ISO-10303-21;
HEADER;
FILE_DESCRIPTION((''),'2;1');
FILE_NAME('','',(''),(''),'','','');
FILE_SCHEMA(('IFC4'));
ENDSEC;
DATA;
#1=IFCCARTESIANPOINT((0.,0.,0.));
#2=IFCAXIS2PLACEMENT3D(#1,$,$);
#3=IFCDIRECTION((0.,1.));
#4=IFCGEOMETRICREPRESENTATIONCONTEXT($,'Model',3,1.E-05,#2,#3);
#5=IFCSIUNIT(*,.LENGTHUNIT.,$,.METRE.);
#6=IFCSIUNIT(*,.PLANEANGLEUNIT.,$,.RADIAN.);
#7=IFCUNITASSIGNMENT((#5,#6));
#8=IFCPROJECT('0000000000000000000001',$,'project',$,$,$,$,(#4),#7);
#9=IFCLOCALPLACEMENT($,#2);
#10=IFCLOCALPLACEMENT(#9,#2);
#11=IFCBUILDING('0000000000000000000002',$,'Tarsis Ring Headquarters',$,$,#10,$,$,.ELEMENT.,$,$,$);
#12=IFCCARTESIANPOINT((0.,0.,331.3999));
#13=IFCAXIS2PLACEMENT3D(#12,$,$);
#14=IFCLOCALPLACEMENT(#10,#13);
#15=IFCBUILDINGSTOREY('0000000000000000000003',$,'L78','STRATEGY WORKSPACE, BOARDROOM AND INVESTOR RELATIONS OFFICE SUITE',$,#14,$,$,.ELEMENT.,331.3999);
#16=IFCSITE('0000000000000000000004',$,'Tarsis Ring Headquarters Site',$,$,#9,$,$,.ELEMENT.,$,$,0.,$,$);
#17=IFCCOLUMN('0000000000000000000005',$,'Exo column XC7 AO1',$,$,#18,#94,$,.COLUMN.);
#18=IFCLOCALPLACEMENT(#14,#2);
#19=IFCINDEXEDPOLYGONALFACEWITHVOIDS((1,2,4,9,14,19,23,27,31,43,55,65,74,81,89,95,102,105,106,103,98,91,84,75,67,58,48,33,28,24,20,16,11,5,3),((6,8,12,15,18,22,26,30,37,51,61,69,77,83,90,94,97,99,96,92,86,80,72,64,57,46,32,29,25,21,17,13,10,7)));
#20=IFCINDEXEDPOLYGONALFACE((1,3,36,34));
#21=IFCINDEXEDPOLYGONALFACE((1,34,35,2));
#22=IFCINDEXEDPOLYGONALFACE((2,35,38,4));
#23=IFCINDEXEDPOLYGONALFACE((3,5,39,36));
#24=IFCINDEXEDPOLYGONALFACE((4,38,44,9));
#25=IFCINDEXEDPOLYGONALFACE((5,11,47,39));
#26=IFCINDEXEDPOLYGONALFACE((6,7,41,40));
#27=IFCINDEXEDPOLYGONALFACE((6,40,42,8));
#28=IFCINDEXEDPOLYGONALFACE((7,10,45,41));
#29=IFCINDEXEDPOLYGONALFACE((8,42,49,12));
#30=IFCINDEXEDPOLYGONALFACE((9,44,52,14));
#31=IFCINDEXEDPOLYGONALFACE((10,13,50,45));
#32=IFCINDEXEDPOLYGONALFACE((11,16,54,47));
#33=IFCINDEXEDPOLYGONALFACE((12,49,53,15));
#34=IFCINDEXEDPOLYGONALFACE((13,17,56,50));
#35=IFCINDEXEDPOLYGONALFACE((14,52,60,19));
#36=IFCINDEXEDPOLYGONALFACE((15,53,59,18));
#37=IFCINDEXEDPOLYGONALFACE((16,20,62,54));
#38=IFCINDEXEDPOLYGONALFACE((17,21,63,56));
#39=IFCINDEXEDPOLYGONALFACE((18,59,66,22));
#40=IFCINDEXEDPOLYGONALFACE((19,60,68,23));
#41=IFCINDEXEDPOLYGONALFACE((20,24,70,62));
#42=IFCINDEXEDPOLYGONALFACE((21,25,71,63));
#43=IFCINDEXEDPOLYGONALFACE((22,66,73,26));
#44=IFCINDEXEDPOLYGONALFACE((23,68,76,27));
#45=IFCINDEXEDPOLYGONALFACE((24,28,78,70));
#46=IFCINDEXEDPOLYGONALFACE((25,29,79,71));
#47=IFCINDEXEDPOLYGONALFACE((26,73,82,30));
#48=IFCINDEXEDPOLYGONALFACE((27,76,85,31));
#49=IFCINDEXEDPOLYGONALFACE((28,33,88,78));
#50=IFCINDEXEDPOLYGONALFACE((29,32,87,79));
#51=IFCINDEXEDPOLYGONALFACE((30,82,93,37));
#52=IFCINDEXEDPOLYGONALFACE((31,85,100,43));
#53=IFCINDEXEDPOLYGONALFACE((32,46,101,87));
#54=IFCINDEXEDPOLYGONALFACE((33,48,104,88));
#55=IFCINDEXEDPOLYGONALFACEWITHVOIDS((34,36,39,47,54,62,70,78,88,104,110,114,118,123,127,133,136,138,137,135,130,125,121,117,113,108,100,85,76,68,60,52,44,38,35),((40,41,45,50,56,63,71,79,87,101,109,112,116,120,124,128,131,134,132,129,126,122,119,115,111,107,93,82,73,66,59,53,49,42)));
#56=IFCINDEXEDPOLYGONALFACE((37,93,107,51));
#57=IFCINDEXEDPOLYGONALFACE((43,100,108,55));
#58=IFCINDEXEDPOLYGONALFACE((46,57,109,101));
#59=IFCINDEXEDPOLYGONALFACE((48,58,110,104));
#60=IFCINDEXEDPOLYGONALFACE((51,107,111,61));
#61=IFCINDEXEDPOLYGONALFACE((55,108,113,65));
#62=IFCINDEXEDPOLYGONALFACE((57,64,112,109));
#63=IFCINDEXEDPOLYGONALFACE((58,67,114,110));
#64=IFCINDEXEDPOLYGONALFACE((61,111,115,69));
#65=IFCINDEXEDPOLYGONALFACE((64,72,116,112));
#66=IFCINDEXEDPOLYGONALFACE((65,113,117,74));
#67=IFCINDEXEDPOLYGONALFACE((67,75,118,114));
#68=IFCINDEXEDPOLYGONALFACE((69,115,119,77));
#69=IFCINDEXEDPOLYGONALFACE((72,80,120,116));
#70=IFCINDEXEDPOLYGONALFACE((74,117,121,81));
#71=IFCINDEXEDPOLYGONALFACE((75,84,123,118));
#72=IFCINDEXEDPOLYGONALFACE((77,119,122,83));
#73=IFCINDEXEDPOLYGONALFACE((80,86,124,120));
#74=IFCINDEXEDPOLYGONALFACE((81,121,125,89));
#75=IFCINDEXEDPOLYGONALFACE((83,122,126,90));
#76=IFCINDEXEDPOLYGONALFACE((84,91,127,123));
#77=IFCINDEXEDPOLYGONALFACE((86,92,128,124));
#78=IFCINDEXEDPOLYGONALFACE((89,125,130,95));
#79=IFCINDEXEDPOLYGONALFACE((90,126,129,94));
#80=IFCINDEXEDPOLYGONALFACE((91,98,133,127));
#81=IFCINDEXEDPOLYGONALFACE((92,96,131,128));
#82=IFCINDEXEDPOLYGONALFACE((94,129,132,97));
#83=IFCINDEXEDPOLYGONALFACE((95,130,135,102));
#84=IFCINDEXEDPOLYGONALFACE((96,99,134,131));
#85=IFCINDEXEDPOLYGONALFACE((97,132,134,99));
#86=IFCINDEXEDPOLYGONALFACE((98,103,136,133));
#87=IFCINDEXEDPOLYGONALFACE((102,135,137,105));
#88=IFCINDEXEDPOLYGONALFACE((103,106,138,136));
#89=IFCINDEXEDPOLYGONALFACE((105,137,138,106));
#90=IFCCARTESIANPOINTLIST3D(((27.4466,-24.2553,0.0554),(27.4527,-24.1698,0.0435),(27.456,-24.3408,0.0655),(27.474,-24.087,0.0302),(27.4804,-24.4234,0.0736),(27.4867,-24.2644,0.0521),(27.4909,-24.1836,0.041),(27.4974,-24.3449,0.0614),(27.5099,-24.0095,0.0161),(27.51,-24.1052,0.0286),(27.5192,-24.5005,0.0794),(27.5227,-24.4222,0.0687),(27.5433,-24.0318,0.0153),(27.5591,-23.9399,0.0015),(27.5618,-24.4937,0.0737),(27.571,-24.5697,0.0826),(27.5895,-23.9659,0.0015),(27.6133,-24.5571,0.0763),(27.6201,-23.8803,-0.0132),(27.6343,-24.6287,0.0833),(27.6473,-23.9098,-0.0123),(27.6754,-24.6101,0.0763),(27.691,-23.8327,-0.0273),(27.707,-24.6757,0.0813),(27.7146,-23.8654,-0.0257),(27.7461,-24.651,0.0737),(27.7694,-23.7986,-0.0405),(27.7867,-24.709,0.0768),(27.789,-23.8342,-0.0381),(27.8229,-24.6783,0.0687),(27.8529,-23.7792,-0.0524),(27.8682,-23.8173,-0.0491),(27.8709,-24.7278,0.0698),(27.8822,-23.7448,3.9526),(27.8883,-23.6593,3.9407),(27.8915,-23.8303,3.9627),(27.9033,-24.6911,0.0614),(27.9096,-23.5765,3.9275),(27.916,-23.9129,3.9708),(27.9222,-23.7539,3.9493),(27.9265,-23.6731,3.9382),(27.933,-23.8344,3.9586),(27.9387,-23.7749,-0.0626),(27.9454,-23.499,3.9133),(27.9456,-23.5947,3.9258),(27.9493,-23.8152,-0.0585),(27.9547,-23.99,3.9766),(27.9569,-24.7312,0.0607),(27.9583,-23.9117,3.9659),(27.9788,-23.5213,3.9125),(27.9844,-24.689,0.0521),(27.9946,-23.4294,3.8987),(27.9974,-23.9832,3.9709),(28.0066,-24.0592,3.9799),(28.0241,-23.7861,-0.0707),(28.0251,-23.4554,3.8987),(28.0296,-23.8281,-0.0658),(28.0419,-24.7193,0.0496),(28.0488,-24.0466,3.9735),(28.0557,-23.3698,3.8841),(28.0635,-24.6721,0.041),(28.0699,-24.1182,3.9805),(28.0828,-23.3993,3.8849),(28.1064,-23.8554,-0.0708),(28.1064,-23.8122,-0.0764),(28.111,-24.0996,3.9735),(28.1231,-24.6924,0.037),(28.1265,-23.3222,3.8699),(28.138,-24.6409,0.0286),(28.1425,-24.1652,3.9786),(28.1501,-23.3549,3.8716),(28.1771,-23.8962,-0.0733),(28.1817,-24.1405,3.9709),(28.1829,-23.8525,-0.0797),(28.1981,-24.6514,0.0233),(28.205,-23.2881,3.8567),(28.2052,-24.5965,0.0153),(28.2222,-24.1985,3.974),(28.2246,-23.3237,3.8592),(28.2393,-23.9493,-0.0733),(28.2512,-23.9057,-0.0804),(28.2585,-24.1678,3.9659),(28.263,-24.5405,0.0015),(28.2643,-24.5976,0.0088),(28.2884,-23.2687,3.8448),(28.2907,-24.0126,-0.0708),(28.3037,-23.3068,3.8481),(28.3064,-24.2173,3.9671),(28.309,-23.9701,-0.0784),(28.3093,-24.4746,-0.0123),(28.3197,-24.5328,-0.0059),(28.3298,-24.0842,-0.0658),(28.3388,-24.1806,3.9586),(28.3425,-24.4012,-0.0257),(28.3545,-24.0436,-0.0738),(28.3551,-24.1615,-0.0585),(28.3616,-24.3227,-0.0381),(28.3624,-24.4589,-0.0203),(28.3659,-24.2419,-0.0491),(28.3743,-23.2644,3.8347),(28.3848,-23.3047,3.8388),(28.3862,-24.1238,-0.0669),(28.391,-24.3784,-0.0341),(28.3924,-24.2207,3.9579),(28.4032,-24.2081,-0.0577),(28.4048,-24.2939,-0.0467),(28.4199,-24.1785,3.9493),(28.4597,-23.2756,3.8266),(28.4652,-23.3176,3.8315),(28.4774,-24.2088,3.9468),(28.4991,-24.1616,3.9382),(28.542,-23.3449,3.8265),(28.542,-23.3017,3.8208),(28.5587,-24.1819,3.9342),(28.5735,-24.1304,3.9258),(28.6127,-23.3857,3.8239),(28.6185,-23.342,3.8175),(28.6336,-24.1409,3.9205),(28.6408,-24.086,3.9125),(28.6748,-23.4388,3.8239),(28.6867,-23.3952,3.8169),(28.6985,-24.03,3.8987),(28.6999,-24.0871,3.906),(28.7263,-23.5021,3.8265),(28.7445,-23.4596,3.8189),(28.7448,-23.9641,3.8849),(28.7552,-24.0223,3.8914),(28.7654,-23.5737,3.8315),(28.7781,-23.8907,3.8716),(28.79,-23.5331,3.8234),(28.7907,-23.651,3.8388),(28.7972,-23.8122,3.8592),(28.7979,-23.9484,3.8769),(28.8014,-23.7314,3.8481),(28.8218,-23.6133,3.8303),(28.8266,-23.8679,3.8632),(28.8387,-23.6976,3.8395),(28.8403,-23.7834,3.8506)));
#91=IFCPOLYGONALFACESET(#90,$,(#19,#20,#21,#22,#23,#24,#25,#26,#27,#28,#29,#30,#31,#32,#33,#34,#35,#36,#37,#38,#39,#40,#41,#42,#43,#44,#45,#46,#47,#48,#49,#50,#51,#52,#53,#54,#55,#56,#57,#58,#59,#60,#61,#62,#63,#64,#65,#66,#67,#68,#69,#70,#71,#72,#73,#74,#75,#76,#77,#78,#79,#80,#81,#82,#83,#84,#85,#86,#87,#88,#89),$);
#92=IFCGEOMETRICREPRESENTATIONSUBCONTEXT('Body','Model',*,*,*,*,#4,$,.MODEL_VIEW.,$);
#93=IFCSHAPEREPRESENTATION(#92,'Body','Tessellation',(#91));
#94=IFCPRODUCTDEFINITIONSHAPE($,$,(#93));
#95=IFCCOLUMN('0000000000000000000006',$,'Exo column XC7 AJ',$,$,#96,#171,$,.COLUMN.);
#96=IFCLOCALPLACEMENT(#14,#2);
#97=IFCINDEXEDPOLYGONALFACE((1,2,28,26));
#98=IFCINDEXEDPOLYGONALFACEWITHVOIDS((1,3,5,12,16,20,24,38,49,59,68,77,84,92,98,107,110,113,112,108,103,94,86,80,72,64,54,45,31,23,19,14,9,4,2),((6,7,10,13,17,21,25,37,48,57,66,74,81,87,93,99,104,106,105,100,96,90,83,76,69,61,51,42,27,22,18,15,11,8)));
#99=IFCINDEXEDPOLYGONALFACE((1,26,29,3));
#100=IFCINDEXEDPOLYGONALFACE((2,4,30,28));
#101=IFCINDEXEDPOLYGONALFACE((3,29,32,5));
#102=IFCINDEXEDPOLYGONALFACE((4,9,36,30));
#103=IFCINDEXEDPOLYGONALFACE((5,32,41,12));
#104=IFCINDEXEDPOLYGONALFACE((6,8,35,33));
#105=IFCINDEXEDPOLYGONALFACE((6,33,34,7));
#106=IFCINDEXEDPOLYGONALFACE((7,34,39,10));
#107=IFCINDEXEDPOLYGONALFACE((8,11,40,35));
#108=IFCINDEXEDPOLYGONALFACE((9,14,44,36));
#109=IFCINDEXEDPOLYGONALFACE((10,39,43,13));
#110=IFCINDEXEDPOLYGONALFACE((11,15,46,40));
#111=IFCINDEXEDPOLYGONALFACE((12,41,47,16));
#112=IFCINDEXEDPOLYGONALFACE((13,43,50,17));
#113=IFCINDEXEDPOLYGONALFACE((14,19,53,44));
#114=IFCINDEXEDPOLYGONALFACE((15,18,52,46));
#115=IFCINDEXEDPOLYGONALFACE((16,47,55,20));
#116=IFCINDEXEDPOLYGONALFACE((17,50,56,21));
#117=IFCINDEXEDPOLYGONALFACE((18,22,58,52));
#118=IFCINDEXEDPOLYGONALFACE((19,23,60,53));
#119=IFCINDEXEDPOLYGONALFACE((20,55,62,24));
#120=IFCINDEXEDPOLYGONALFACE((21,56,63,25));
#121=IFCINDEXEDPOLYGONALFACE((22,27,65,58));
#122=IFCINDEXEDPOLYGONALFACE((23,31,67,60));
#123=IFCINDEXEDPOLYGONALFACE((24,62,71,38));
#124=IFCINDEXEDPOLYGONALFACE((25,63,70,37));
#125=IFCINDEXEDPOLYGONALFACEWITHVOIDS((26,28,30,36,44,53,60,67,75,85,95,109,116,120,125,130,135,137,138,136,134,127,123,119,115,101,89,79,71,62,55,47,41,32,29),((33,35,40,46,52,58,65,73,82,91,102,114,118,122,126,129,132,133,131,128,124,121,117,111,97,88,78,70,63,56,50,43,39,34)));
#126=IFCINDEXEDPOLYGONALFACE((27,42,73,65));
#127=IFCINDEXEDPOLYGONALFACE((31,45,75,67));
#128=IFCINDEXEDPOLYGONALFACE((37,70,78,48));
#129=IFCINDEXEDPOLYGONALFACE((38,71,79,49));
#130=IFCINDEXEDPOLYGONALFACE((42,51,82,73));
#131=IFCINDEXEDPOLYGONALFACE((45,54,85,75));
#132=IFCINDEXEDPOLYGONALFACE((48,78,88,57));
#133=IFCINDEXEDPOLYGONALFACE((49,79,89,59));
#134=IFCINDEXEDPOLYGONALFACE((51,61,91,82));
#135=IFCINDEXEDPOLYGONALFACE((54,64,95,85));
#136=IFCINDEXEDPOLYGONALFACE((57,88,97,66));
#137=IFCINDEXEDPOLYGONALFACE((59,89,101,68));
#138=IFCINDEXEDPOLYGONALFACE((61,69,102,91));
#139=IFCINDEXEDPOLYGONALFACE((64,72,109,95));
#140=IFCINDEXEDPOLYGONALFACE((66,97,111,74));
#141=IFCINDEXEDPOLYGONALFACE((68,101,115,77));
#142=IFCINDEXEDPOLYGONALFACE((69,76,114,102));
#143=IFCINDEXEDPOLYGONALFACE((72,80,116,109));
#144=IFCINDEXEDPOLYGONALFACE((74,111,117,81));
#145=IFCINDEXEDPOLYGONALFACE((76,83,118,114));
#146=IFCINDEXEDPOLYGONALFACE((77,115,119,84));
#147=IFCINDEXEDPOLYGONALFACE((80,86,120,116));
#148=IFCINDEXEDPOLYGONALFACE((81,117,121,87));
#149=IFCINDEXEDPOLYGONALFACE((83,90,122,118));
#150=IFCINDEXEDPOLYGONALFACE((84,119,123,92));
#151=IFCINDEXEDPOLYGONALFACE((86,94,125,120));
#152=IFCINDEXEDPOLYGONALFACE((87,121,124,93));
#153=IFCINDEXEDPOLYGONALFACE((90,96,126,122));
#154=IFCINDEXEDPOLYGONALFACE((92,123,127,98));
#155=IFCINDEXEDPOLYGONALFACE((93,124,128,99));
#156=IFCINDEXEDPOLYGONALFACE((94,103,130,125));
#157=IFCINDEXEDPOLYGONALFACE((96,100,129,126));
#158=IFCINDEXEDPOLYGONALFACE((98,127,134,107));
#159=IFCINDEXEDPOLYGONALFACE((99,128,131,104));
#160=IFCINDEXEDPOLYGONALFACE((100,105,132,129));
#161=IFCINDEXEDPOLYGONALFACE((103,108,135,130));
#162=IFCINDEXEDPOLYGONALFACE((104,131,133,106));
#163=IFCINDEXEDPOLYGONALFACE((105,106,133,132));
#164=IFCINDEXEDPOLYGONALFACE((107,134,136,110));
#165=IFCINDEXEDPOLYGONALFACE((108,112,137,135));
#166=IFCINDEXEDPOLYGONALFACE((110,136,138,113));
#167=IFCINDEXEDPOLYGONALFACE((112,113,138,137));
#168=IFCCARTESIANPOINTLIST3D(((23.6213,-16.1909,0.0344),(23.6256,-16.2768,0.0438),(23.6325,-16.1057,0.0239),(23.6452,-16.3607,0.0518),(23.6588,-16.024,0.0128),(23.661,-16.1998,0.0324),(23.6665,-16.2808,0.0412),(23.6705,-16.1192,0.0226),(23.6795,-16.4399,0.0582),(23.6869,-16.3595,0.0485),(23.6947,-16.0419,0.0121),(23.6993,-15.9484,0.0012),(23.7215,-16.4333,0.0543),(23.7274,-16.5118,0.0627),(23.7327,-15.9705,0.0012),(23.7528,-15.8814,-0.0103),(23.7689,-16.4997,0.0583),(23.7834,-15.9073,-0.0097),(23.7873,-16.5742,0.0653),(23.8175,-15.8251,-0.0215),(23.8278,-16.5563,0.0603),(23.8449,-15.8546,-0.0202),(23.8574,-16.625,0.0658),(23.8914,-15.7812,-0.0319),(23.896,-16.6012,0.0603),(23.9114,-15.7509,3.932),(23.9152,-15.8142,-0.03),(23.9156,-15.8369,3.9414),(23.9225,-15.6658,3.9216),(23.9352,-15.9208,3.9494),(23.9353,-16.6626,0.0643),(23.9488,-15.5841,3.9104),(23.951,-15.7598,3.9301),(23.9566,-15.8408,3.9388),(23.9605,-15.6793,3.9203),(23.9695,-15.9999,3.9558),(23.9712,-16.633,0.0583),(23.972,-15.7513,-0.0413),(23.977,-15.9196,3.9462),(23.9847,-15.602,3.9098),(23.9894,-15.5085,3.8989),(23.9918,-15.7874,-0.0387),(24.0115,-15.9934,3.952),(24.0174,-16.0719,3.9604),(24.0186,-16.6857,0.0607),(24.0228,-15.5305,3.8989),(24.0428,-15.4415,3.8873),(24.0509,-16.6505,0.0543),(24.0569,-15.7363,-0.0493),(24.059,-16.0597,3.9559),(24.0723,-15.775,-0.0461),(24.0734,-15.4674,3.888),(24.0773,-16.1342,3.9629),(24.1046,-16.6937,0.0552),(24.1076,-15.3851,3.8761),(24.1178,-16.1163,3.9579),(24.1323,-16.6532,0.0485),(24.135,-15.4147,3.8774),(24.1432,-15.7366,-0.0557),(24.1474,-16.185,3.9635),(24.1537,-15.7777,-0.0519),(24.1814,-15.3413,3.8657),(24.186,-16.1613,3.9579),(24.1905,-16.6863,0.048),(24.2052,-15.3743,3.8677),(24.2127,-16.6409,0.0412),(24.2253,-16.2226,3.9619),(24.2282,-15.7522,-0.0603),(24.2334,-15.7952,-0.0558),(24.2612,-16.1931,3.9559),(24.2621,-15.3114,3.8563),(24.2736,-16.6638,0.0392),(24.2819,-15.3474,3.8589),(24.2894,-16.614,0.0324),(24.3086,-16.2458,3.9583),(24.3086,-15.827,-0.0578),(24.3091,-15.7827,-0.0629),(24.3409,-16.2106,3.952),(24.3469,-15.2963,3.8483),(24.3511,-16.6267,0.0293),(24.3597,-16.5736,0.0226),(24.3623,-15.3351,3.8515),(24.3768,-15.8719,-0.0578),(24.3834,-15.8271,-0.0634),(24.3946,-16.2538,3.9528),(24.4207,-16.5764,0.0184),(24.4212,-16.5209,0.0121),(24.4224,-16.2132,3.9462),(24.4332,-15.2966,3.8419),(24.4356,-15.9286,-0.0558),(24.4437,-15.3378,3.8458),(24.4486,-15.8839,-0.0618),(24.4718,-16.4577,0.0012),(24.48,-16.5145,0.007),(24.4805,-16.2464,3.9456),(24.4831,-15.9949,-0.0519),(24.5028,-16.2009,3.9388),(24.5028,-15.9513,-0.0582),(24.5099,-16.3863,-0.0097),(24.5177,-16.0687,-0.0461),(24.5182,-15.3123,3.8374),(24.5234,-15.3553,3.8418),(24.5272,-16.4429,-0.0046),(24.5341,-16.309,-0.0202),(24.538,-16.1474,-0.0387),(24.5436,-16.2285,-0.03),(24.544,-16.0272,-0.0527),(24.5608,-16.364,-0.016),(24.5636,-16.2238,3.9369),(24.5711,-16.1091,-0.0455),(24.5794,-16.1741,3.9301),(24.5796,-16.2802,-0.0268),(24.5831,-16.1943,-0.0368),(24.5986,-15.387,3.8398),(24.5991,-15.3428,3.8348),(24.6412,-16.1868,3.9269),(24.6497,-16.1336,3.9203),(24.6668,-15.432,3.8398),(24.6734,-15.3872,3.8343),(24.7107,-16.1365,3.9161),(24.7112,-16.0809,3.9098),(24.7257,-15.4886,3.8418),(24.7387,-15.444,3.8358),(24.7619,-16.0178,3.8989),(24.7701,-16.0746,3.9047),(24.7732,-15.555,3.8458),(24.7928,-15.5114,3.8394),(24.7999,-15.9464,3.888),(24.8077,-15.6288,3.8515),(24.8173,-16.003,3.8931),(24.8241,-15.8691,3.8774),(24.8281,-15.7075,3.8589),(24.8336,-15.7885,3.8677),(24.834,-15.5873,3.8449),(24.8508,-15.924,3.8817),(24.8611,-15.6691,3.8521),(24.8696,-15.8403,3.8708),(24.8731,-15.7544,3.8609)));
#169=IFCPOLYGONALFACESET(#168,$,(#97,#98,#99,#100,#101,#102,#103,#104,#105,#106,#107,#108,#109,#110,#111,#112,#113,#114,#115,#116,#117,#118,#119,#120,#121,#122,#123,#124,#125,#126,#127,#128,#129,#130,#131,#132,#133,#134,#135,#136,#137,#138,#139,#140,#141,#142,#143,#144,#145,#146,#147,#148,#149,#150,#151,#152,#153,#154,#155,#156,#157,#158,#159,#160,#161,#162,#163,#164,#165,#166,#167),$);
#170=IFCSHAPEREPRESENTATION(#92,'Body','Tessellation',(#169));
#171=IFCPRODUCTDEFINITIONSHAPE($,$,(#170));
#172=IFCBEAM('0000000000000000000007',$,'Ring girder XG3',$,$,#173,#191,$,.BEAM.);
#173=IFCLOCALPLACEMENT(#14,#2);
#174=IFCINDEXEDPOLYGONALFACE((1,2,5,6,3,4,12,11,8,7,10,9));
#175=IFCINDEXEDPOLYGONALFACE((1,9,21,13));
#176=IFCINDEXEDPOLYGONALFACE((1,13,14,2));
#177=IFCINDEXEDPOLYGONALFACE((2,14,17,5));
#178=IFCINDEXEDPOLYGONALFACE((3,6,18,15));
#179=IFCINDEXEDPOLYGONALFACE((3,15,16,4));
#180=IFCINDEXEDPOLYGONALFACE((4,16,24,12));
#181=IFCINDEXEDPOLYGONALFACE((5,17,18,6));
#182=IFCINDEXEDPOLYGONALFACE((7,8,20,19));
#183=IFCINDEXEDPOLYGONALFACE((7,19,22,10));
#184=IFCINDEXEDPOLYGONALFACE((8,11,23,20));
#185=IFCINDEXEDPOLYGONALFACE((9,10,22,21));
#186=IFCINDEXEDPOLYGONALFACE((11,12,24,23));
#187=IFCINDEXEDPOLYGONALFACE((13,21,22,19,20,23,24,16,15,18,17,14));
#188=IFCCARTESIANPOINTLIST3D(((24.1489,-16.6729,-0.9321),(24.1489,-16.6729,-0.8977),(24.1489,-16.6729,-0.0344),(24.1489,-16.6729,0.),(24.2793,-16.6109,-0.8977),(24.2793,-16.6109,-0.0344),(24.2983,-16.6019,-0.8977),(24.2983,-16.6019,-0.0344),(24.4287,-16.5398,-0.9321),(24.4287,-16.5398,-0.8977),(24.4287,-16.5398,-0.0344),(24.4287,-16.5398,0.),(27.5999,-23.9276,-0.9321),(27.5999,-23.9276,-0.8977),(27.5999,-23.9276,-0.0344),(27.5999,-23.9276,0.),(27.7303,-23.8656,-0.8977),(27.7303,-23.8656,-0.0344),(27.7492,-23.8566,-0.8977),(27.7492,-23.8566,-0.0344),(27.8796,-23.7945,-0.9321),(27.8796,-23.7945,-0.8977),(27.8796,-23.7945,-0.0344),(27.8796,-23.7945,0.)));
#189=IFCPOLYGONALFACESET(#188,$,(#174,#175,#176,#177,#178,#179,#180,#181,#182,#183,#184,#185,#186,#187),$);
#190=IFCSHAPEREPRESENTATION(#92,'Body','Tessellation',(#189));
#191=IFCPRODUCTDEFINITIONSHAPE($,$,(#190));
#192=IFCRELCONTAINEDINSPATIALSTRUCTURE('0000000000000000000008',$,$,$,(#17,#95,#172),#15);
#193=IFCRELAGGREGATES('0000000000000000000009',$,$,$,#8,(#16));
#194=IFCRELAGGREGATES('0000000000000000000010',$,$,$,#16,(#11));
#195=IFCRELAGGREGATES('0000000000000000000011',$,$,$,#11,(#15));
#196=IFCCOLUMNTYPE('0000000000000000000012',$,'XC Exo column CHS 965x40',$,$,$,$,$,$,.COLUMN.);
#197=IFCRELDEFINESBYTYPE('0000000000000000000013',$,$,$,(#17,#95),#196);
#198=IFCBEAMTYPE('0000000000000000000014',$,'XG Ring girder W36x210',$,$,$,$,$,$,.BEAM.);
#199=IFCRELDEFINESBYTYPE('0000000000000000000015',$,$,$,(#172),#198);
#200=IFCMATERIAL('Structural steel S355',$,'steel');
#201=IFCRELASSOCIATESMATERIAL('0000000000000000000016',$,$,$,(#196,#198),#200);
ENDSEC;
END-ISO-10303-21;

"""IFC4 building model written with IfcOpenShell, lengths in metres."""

from ifc_helpers import new_model, si_unit, direction, frame, origin, origin_2d, place, context, subcontext, project, spatial, hollow_circle, i_section, extrude, material, material_profile, profile_set, type_object, element, save


model = new_model("IFC4")

# Units and contexts
model_context = context("Model", 3, precision=1e-05, world=origin(), true_north=direction((0.0, 1.0)))
body_context = subcontext(model_context, "Body", "Model", "MODEL_VIEW")
ifc_project = project(units=[si_unit("LENGTHUNIT", "METRE"), si_unit("PLANEANGLEUNIT", "RADIAN")], contexts=[model_context])

# Site, building, storey
site_placement = place(None, origin())
site = spatial("IfcSite", under=ifc_project, at=site_placement, Name="Tarsis Ring Headquarters Site", CompositionType="ELEMENT", RefElevation=0.0)
building_placement = place(site_placement, origin())
building = spatial("IfcBuilding", under=site, at=building_placement, Name="Tarsis Ring Headquarters", CompositionType="ELEMENT")
storey_placement = place(building_placement, frame((0.0, 0.0, 331.3999)))
storey = spatial("IfcBuildingStorey", under=building, at=storey_placement, Name="L78", Description="STRATEGY WORKSPACE, BOARDROOM AND INVESTOR RELATIONS OFFICE SUITE", CompositionType="ELEMENT", Elevation=331.3999)

# Columns
ifc_material_1 = material(Name="Structural steel S355", Category="steel")
ifc_material_profile_1 = material_profile(ifc_material_1, hollow_circle(Radius=0.4827, WallThickness=0.04, at=origin_2d()), Name="CHS 965x40")
ifc_profile_set_1 = profile_set([ifc_material_profile_1], Name="Structural steel S355")
column_type = type_object("IfcColumnType", Name="XC Exo column CHS 965x40", PredefinedType="COLUMN", material=ifc_profile_set_1)
column_1_placement = place(storey_placement, frame((27.9263, -24.2532, 0.0015), z_axis=(0.110138, 0.129091, 0.985497), x_axis=(-0.760744, 0.649052, 0.0)))
element("IfcColumn", 1, at=column_1_placement, inside=storey, type_object=column_type, Name="Exo column XC7 AO1", PredefinedType="COLUMN", context=body_context, shape_type="SweptSolid", body=[
    extrude(hollow_circle(Radius=0.4827, WallThickness=0.04, at=origin_2d()), origin(), (0.0, 0.0, 1.0), 3.9546),
])
column_2_placement = place(storey_placement, frame((24.1023, -16.2141, 0.0012), z_axis=(0.073742, 0.111854, 0.990985), x_axis=(-0.83489, 0.550416, 0.0)))
element("IfcColumn", 2, at=column_2_placement, inside=storey, type_object=column_type, Name="Exo column XC7 AJ", PredefinedType="COLUMN", context=body_context, shape_type="SweptSolid", body=[
    extrude(hollow_circle(Radius=0.4827, WallThickness=0.04, at=origin_2d()), origin(), (0.0, 0.0, 1.0), 3.9331),
])

# Beam
ifc_material_profile_2 = material_profile(ifc_material_1, i_section(OverallWidth=0.3098, OverallDepth=0.9321, WebThickness=0.021, FlangeThickness=0.0344, at=origin_2d()), Name="W36x210")
ifc_profile_set_2 = profile_set([ifc_material_profile_2], Name="Structural steel S355")
beam_type = type_object("IfcBeamType", Name="XG Ring girder W36x210", PredefinedType="BEAM", material=ifc_profile_set_2)
beam_1_placement = place(storey_placement, frame((27.7397, -23.8611, -0.4661), z_axis=(-0.429562, 0.903037, 0.0), x_axis=(-0.903037, -0.429562, 0.0)))
element("IfcBeam", 3, at=beam_1_placement, inside=storey, type_object=beam_type, Name="Ring girder XG3", PredefinedType="BEAM", context=body_context, shape_type="SweptSolid", body=[
    extrude(i_section(OverallWidth=0.3098, OverallDepth=0.9321, WebThickness=0.021, FlangeThickness=0.0344, at=origin_2d()), origin(), (0.0, 0.0, 1.0), 8.0337),
])

save(model, "model.ifc")
